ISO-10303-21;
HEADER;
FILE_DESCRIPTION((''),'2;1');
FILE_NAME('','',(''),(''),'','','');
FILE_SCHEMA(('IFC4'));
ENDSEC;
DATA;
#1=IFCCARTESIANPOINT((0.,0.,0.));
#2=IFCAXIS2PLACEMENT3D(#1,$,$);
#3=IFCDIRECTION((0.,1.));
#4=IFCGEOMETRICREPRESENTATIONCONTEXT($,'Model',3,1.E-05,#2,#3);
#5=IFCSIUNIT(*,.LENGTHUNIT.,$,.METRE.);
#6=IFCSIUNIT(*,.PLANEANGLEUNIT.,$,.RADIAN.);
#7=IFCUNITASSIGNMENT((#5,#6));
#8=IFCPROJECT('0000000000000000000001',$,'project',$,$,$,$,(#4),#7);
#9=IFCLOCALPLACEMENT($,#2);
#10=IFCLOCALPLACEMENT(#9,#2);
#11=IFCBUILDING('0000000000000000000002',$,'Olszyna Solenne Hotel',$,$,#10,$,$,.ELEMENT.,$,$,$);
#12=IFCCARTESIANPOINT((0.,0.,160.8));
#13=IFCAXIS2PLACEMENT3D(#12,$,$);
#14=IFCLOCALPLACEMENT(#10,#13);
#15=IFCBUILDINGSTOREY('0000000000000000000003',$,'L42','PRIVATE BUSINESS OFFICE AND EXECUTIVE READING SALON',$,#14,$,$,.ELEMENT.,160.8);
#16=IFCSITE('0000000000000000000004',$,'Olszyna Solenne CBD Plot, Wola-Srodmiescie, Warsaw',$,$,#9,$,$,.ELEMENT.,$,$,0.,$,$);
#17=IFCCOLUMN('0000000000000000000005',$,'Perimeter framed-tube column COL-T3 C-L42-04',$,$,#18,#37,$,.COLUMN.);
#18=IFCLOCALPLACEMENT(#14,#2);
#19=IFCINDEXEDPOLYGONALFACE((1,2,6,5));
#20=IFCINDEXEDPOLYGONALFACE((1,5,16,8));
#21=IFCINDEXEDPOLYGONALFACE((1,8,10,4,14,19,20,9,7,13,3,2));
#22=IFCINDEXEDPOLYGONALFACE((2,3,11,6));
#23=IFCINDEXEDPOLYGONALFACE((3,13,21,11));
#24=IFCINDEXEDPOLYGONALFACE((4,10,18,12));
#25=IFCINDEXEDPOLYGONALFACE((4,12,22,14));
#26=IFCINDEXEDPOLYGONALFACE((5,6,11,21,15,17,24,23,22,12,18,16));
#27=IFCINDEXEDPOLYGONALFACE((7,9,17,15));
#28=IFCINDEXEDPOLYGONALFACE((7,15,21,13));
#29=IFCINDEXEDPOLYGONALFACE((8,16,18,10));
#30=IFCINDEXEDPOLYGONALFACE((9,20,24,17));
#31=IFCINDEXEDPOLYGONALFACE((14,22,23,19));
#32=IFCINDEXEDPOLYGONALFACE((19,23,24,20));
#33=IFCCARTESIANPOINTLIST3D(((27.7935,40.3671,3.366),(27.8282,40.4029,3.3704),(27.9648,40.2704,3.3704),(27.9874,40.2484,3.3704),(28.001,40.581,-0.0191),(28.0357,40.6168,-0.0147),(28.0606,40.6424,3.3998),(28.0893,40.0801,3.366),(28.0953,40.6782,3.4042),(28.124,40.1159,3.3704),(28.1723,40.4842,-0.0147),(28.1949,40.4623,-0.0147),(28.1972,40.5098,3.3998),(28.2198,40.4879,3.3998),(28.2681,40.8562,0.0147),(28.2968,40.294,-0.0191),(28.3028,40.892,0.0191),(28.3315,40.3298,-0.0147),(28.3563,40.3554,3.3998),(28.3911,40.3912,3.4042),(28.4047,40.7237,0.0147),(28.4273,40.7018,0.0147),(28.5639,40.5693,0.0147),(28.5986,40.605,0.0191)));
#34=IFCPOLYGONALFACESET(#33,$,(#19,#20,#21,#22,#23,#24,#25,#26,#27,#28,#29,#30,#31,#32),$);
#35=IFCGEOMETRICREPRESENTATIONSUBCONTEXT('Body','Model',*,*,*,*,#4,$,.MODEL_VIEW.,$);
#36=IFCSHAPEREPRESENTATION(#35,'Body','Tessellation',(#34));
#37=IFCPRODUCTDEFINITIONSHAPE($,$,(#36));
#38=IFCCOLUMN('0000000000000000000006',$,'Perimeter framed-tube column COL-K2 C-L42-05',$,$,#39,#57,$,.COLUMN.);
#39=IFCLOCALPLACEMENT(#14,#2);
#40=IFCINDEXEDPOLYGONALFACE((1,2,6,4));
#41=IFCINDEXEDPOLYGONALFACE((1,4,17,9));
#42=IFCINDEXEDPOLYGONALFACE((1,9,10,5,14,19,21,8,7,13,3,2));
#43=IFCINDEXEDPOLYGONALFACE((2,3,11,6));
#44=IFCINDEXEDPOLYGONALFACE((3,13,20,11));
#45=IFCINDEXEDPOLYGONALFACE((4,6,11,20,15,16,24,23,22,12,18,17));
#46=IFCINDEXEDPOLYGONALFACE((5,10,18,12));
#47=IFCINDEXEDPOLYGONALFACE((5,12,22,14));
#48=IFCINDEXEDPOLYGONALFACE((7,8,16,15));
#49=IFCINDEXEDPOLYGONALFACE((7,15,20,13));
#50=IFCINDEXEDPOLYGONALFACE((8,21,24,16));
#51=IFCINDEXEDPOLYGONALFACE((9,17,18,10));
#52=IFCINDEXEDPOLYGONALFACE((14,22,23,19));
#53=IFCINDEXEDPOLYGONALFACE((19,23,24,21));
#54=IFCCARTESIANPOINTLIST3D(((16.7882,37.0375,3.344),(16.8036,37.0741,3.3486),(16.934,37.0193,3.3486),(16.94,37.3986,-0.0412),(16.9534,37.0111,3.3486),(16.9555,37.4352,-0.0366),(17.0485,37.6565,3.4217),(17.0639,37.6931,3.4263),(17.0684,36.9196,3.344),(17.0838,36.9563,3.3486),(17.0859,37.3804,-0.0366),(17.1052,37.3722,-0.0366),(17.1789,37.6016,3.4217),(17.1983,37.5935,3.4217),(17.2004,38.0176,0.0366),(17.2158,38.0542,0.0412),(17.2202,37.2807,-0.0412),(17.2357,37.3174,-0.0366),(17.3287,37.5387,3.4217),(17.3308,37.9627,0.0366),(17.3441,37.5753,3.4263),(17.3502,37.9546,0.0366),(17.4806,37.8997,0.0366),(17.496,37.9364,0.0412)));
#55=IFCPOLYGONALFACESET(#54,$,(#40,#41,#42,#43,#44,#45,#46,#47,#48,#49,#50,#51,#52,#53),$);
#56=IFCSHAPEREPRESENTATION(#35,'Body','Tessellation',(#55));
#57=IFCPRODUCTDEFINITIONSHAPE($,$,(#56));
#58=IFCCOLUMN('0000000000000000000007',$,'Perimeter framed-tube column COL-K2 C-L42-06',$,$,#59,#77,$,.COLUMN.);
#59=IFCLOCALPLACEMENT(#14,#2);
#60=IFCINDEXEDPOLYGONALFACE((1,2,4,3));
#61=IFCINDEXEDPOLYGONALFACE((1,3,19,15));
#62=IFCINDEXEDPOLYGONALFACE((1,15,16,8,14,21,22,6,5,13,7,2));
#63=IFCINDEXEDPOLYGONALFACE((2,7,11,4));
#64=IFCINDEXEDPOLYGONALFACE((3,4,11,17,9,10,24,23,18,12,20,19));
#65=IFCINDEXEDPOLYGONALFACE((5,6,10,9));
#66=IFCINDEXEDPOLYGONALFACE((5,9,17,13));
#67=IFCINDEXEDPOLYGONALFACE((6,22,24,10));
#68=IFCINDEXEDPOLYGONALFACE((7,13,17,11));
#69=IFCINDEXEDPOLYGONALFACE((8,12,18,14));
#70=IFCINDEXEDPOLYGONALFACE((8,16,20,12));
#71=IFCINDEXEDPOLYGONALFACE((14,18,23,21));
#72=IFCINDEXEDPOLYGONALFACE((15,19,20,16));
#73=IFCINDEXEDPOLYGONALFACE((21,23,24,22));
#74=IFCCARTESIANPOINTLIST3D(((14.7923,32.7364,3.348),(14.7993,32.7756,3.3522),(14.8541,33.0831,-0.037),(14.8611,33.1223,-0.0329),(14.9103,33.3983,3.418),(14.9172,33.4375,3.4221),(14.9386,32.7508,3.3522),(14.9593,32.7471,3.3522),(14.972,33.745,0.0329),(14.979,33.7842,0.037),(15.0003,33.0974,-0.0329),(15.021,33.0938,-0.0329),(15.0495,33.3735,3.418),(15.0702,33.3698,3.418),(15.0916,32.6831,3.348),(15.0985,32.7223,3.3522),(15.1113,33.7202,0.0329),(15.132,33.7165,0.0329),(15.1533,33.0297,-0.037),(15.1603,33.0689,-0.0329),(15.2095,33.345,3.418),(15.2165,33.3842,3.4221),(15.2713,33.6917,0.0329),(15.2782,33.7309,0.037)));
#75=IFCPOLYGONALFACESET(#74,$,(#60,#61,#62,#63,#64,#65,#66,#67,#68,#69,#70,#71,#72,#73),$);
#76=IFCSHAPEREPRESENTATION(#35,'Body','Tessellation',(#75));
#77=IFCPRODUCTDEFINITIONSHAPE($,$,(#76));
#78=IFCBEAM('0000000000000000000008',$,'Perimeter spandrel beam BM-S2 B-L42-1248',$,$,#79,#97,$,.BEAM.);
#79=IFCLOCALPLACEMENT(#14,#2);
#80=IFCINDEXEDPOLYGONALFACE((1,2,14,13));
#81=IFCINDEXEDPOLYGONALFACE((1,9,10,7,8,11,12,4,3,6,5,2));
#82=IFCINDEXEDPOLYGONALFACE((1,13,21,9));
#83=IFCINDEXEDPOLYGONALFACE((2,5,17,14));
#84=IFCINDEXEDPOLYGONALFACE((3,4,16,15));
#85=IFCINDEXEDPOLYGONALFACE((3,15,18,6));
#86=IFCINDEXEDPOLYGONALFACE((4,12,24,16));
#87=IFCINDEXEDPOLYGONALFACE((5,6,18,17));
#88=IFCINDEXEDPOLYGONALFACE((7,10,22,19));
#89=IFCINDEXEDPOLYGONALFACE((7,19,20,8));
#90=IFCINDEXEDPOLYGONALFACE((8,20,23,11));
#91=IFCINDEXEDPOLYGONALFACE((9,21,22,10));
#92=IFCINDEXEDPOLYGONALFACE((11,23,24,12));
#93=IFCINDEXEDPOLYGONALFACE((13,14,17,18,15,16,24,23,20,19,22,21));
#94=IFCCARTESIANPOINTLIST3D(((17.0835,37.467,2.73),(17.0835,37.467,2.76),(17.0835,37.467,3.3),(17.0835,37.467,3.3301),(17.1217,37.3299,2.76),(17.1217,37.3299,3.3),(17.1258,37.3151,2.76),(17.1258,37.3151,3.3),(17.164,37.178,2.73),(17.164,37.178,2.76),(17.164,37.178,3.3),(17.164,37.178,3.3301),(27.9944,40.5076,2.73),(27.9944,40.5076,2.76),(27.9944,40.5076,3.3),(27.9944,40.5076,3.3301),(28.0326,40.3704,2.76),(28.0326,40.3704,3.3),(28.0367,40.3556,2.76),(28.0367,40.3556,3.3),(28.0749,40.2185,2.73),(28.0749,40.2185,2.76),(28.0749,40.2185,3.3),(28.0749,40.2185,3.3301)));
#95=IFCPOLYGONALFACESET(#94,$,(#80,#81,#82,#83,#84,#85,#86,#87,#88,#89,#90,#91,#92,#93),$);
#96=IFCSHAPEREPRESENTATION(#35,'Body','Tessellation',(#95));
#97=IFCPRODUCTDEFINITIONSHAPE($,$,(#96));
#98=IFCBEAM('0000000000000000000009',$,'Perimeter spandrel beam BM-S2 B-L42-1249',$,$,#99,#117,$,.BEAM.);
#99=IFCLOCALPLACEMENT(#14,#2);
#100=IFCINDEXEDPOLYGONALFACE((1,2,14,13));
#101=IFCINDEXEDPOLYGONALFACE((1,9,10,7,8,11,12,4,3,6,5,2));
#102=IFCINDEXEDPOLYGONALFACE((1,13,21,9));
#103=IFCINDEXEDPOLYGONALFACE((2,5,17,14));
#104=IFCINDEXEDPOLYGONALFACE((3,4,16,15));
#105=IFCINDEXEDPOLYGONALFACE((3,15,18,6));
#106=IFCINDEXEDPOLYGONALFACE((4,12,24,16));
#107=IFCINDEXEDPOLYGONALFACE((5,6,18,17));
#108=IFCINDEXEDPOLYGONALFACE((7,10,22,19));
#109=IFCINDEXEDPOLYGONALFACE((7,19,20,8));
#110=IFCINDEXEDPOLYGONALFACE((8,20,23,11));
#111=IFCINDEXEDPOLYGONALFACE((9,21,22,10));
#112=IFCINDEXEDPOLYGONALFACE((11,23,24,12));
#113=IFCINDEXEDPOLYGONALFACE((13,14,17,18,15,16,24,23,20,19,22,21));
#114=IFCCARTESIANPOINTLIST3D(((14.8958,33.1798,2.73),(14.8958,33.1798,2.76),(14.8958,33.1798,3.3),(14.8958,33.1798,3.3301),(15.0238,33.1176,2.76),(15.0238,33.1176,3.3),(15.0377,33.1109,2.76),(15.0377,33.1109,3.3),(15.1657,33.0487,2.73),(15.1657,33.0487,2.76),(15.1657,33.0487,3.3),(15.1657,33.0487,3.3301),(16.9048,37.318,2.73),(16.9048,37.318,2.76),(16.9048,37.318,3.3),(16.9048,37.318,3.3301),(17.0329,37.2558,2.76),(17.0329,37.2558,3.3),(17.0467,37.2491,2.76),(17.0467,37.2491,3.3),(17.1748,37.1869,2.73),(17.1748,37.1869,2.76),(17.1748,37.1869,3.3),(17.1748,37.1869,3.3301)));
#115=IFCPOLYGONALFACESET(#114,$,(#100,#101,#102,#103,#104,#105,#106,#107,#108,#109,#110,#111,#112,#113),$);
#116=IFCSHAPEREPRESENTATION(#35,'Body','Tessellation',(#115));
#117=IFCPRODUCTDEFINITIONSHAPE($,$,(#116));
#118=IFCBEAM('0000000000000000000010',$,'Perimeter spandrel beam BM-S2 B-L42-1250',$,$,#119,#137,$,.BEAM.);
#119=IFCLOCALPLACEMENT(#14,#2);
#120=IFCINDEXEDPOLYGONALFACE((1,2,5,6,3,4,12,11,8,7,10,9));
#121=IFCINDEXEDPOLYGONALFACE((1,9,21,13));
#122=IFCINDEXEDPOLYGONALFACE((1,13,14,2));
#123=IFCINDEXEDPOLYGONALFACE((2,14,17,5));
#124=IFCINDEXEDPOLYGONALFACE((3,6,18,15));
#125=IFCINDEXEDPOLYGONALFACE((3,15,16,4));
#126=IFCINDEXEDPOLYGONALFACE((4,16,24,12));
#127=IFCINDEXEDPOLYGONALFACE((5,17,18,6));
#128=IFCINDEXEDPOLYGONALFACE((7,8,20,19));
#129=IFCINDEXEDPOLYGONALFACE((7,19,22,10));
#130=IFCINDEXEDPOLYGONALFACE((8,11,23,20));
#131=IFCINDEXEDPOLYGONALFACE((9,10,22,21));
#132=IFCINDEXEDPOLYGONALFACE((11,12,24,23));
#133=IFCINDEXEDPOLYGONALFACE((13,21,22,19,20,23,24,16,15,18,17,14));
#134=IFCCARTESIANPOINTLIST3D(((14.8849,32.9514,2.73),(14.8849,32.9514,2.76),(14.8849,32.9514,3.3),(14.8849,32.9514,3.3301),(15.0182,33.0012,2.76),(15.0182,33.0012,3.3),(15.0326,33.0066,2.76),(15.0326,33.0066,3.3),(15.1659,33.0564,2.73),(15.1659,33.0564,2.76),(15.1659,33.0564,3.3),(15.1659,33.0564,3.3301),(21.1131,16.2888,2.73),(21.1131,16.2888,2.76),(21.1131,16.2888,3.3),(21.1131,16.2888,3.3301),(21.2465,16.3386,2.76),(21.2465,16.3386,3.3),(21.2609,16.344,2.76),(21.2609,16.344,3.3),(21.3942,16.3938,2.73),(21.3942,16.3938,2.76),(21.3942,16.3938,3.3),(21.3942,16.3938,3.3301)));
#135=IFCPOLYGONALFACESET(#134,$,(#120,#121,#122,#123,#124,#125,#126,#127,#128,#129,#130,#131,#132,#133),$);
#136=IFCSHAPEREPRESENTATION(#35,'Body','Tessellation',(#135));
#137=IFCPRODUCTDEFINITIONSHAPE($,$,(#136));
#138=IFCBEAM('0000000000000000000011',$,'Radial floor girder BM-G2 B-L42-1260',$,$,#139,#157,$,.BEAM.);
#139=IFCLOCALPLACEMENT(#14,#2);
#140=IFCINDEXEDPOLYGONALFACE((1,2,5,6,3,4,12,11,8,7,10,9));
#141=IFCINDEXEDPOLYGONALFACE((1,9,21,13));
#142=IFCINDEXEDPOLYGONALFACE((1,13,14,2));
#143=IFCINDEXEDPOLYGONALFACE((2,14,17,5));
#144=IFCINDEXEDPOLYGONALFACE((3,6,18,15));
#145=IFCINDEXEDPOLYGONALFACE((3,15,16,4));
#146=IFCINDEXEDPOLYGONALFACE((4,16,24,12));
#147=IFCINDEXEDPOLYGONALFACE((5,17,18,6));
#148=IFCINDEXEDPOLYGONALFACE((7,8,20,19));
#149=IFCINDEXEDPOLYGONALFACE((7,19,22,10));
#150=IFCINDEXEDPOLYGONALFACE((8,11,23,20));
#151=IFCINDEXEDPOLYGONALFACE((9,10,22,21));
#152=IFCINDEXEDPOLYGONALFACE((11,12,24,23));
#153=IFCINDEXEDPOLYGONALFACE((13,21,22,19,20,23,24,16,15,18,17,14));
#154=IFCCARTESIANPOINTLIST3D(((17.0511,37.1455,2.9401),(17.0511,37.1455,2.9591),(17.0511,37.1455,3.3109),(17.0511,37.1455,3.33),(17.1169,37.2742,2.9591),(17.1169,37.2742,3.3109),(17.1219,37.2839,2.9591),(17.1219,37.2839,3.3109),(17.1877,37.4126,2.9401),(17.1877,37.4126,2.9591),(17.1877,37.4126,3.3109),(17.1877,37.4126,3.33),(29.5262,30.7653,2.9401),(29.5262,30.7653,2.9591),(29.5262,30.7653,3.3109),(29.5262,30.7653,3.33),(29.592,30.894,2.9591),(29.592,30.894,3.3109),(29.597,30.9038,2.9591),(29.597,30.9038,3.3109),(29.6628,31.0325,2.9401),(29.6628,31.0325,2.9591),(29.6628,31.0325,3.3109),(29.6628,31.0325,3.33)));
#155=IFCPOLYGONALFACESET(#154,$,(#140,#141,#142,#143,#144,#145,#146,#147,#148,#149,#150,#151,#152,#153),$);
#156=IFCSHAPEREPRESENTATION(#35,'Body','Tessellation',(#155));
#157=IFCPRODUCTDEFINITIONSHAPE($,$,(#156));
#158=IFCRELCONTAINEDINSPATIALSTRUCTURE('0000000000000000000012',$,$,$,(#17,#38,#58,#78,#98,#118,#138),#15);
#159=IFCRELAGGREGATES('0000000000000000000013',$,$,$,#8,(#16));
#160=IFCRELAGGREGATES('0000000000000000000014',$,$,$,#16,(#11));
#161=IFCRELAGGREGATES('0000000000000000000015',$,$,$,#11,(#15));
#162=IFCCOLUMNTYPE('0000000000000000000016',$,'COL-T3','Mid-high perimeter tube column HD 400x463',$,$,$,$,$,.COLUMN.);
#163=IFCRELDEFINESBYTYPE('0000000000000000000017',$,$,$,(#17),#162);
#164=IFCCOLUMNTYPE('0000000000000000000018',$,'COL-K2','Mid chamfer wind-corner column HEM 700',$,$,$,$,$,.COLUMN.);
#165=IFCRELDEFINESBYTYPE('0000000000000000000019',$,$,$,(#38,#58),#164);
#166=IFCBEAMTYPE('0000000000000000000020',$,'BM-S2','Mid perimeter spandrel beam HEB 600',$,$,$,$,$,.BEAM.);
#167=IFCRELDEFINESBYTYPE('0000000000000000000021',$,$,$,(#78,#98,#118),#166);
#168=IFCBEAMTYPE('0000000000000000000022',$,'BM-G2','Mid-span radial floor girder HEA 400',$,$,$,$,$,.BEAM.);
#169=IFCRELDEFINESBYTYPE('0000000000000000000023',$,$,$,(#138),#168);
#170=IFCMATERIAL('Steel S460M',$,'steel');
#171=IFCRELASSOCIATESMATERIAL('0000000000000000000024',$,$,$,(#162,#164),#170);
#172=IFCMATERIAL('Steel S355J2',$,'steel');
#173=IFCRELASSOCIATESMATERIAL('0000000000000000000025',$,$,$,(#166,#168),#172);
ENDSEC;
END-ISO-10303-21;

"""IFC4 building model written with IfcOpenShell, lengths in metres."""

from ifc_helpers import new_model, si_unit, direction, frame, origin, origin_2d, place, context, subcontext, project, spatial, i_section, extrude, source, transform, mapped, material, material_profile, profile_set, type_object, element, save


model = new_model("IFC4")

# Units and contexts
model_context = context("Model", 3, precision=1e-05, world=origin(), true_north=direction((0.0, 1.0)))
body_context = subcontext(model_context, "Body", "Model", "MODEL_VIEW")
ifc_project = project(units=[si_unit("LENGTHUNIT", "METRE"), si_unit("PLANEANGLEUNIT", "RADIAN")], contexts=[model_context])

# Site, building, storey
site_placement = place(None, origin())
site = spatial("IfcSite", under=ifc_project, at=site_placement, Name="Olszyna Solenne CBD Plot, Wola-Srodmiescie, Warsaw", CompositionType="ELEMENT", RefElevation=0.0)
building_placement = place(site_placement, origin())
building = spatial("IfcBuilding", under=site, at=building_placement, Name="Olszyna Solenne Hotel", CompositionType="ELEMENT")
storey_placement = place(building_placement, frame((0.0, 0.0, 160.8)))
storey = spatial("IfcBuildingStorey", under=building, at=storey_placement, Name="L42", Description="PRIVATE BUSINESS OFFICE AND EXECUTIVE READING SALON", CompositionType="ELEMENT", Elevation=160.8)

# Columns
ifc_material_1 = material(Name="Steel S460M", Category="steel")
ifc_material_profile_1 = material_profile(ifc_material_1, i_section(OverallWidth=0.4121, OverallDepth=0.4351, WebThickness=0.0315, FlangeThickness=0.05, at=origin_2d()), Name="HD 400x463", Category="load-bearing")
ifc_profile_set_1 = profile_set([ifc_material_profile_1], Name="Steel S460M")
column_type_1 = type_object("IfcColumnType", Name="COL-T3", Description="Mid-high perimeter tube column HD 400x463", PredefinedType="COLUMN", material=ifc_profile_set_1)
shared_shape_1 = source(origin(), body_context, "Body", "SweptSolid", [
    extrude(i_section(OverallWidth=0.4121, OverallDepth=0.4351, WebThickness=0.0315, FlangeThickness=0.05, at=origin_2d()), origin(), (0.0, 0.0, 1.0), 3.3982),
])
column_1_placement = place(storey_placement, frame((28.2998, 40.593, 0.0), z_axis=(-0.061069, -0.062937, 0.996147), x_axis=(0.717677, -0.696376, 0.0)))
element("IfcColumn", 1, at=column_1_placement, inside=storey, type_object=column_type_1, Name="Perimeter framed-tube column COL-T3 C-L42-04", PredefinedType="COLUMN", context=body_context, shape_type="MappedRepresentation", body=[
    mapped(shared_shape_1, transform((0.0, 0.0, 0.0), x_axis=(1.0, 0.0, 0.0), y_axis=(0.0, 1.0, 0.0), z_axis=(0.0, 0.0, 1.0), scale=1.0)),
])
ifc_material_profile_2 = material_profile(ifc_material_1, i_section(OverallWidth=0.304, OverallDepth=0.7161, WebThickness=0.021, FlangeThickness=0.04, at=origin_2d()), Name="HEM 700", Category="load-bearing")
ifc_profile_set_2 = profile_set([ifc_material_profile_2], Name="Steel S460M")
column_type_2 = type_object("IfcColumnType", Name="COL-K2", Description="Mid chamfer wind-corner column HEM 700", PredefinedType="COLUMN", material=ifc_profile_set_2)
shared_shape_2 = source(origin(), body_context, "Body", "SweptSolid", [
    extrude(i_section(OverallWidth=0.304, OverallDepth=0.7161, WebThickness=0.021, FlangeThickness=0.04, at=origin_2d()), origin(), (0.0, 0.0, 1.0), 3.4077),
])
column_2_placement = place(storey_placement, frame((17.218, 37.6675, 0.0), z_axis=(-0.044564, -0.105964, 0.993371), x_axis=(0.9218, -0.387667, 0.0)))
element("IfcColumn", 2, at=column_2_placement, inside=storey, type_object=column_type_2, Name="Perimeter framed-tube column COL-K2 C-L42-05", PredefinedType="COLUMN", context=body_context, shape_type="MappedRepresentation", body=[
    mapped(shared_shape_2, transform((0.0, 0.0, 0.0), x_axis=(1.0, 0.0, 0.0), y_axis=(0.0, 1.0, 0.0), z_axis=(0.0, 0.0, 1.0), scale=1.0)),
])
shared_shape_3 = source(origin(), body_context, "Body", "SweptSolid", [
    extrude(i_section(OverallWidth=0.304, OverallDepth=0.7161, WebThickness=0.021, FlangeThickness=0.04, at=origin_2d()), origin(), (0.0, 0.0, 1.0), 3.4033),
])
column_3_placement = place(storey_placement, frame((15.0662, 33.407, 0.0), z_axis=(-0.018149, -0.101866, 0.994633), x_axis=(0.984496, -0.175407, 0.0)))
element("IfcColumn", 3, at=column_3_placement, inside=storey, type_object=column_type_2, Name="Perimeter framed-tube column COL-K2 C-L42-06", PredefinedType="COLUMN", context=body_context, shape_type="MappedRepresentation", body=[
    mapped(shared_shape_3, transform((0.0, 0.0, 0.0), x_axis=(1.0, 0.0, 0.0), y_axis=(0.0, 1.0, 0.0), z_axis=(0.0, 0.0, 1.0), scale=1.0)),
])

# Beams
ifc_material_2 = material(Name="Steel S355J2", Category="steel")
ifc_material_profile_3 = material_profile(ifc_material_2, i_section(OverallWidth=0.3, OverallDepth=0.6001, WebThickness=0.0154, FlangeThickness=0.03, at=origin_2d()), Name="HEB 600", Category="load-bearing")
ifc_profile_set_3 = profile_set([ifc_material_profile_3], Name="Steel S355J2")
beam_type_1 = type_object("IfcBeamType", Name="BM-S2", Description="Mid perimeter spandrel beam HEB 600", PredefinedType="BEAM", material=ifc_profile_set_3)
shared_shape_4 = source(origin(), body_context, "Body", "SweptSolid", [
    extrude(i_section(OverallWidth=0.3, OverallDepth=0.6001, WebThickness=0.0154, FlangeThickness=0.03, at=origin_2d()), origin(), (0.0, 0.0, 1.0), 11.3267),
])
beam_1_placement = place(storey_placement, frame((28.0347, 40.363, 3.03), z_axis=(-0.963296, -0.268441, 0.0), x_axis=(0.268441, -0.963296, 0.0)))
element("IfcBeam", 4, at=beam_1_placement, inside=storey, type_object=beam_type_1, Name="Perimeter spandrel beam BM-S2 B-L42-1248", PredefinedType="BEAM", context=body_context, shape_type="MappedRepresentation", body=[
    mapped(shared_shape_4, transform((0.0, 0.0, 0.0), x_axis=(1.0, 0.0, 0.0), y_axis=(0.0, 1.0, 0.0), z_axis=(0.0, 0.0, 1.0), scale=1.0)),
])
shared_shape_5 = source(origin(), body_context, "Body", "SweptSolid", [
    extrude(i_section(OverallWidth=0.3, OverallDepth=0.6001, WebThickness=0.0154, FlangeThickness=0.03, at=origin_2d()), origin(), (0.0, 0.0, 1.0), 4.6001),
])
beam_2_placement = place(storey_placement, frame((17.0398, 37.2524, 3.03), z_axis=(-0.436738, -0.899589, 0.0), x_axis=(0.899589, -0.436738, 0.0)))
element("IfcBeam", 5, at=beam_2_placement, inside=storey, type_object=beam_type_1, Name="Perimeter spandrel beam BM-S2 B-L42-1249", PredefinedType="BEAM", context=body_context, shape_type="MappedRepresentation", body=[
    mapped(shared_shape_5, transform((0.0, 0.0, 0.0), x_axis=(1.0, 0.0, 0.0), y_axis=(0.0, 1.0, 0.0), z_axis=(0.0, 0.0, 1.0), scale=1.0)),
])
shared_shape_6 = source(origin(), body_context, "Body", "SweptSolid", [
    extrude(i_section(OverallWidth=0.3, OverallDepth=0.6001, WebThickness=0.0154, FlangeThickness=0.03, at=origin_2d()), origin(), (0.0, 0.0, 1.0), 17.7886),
])
beam_3_placement = place(storey_placement, frame((15.0254, 33.0039, 3.03), z_axis=(0.350128, -0.936702, 0.0), x_axis=(0.936702, 0.350128, 0.0)))
element("IfcBeam", 6, at=beam_3_placement, inside=storey, type_object=beam_type_1, Name="Perimeter spandrel beam BM-S2 B-L42-1250", PredefinedType="BEAM", context=body_context, shape_type="MappedRepresentation", body=[
    mapped(shared_shape_6, transform((0.0, 0.0, 0.0), x_axis=(1.0, 0.0, 0.0), y_axis=(0.0, 1.0, 0.0), z_axis=(0.0, 0.0, 1.0), scale=1.0)),
])
ifc_material_profile_4 = material_profile(ifc_material_2, i_section(OverallWidth=0.3, OverallDepth=0.3899, WebThickness=0.011, FlangeThickness=0.019, at=origin_2d()), Name="HEA 400", Category="load-bearing")
ifc_profile_set_4 = profile_set([ifc_material_profile_4], Name="Steel S355J2")
beam_type_2 = type_object("IfcBeamType", Name="BM-G2", Description="Mid-span radial floor girder HEA 400", PredefinedType="BEAM", material=ifc_profile_set_4)
shared_shape_7 = source(origin(), body_context, "Body", "SweptSolid", [
    extrude(i_section(OverallWidth=0.3, OverallDepth=0.3899, WebThickness=0.011, FlangeThickness=0.019, at=origin_2d()), origin(), (0.0, 0.0, 1.0), 14.012),
])
beam_4_placement = place(storey_placement, frame((17.1194, 37.2791, 3.135), z_axis=(0.89032, -0.455335, 0.0), x_axis=(0.455335, 0.89032, 0.0)))
element("IfcBeam", 7, at=beam_4_placement, inside=storey, type_object=beam_type_2, Name="Radial floor girder BM-G2 B-L42-1260", PredefinedType="BEAM", context=body_context, shape_type="MappedRepresentation", body=[
    mapped(shared_shape_7, transform((0.0, 0.0, 0.0), x_axis=(1.0, 0.0, 0.0), y_axis=(0.0, 1.0, 0.0), z_axis=(0.0, 0.0, 1.0), scale=1.0)),
])

save(model, "model.ifc")
